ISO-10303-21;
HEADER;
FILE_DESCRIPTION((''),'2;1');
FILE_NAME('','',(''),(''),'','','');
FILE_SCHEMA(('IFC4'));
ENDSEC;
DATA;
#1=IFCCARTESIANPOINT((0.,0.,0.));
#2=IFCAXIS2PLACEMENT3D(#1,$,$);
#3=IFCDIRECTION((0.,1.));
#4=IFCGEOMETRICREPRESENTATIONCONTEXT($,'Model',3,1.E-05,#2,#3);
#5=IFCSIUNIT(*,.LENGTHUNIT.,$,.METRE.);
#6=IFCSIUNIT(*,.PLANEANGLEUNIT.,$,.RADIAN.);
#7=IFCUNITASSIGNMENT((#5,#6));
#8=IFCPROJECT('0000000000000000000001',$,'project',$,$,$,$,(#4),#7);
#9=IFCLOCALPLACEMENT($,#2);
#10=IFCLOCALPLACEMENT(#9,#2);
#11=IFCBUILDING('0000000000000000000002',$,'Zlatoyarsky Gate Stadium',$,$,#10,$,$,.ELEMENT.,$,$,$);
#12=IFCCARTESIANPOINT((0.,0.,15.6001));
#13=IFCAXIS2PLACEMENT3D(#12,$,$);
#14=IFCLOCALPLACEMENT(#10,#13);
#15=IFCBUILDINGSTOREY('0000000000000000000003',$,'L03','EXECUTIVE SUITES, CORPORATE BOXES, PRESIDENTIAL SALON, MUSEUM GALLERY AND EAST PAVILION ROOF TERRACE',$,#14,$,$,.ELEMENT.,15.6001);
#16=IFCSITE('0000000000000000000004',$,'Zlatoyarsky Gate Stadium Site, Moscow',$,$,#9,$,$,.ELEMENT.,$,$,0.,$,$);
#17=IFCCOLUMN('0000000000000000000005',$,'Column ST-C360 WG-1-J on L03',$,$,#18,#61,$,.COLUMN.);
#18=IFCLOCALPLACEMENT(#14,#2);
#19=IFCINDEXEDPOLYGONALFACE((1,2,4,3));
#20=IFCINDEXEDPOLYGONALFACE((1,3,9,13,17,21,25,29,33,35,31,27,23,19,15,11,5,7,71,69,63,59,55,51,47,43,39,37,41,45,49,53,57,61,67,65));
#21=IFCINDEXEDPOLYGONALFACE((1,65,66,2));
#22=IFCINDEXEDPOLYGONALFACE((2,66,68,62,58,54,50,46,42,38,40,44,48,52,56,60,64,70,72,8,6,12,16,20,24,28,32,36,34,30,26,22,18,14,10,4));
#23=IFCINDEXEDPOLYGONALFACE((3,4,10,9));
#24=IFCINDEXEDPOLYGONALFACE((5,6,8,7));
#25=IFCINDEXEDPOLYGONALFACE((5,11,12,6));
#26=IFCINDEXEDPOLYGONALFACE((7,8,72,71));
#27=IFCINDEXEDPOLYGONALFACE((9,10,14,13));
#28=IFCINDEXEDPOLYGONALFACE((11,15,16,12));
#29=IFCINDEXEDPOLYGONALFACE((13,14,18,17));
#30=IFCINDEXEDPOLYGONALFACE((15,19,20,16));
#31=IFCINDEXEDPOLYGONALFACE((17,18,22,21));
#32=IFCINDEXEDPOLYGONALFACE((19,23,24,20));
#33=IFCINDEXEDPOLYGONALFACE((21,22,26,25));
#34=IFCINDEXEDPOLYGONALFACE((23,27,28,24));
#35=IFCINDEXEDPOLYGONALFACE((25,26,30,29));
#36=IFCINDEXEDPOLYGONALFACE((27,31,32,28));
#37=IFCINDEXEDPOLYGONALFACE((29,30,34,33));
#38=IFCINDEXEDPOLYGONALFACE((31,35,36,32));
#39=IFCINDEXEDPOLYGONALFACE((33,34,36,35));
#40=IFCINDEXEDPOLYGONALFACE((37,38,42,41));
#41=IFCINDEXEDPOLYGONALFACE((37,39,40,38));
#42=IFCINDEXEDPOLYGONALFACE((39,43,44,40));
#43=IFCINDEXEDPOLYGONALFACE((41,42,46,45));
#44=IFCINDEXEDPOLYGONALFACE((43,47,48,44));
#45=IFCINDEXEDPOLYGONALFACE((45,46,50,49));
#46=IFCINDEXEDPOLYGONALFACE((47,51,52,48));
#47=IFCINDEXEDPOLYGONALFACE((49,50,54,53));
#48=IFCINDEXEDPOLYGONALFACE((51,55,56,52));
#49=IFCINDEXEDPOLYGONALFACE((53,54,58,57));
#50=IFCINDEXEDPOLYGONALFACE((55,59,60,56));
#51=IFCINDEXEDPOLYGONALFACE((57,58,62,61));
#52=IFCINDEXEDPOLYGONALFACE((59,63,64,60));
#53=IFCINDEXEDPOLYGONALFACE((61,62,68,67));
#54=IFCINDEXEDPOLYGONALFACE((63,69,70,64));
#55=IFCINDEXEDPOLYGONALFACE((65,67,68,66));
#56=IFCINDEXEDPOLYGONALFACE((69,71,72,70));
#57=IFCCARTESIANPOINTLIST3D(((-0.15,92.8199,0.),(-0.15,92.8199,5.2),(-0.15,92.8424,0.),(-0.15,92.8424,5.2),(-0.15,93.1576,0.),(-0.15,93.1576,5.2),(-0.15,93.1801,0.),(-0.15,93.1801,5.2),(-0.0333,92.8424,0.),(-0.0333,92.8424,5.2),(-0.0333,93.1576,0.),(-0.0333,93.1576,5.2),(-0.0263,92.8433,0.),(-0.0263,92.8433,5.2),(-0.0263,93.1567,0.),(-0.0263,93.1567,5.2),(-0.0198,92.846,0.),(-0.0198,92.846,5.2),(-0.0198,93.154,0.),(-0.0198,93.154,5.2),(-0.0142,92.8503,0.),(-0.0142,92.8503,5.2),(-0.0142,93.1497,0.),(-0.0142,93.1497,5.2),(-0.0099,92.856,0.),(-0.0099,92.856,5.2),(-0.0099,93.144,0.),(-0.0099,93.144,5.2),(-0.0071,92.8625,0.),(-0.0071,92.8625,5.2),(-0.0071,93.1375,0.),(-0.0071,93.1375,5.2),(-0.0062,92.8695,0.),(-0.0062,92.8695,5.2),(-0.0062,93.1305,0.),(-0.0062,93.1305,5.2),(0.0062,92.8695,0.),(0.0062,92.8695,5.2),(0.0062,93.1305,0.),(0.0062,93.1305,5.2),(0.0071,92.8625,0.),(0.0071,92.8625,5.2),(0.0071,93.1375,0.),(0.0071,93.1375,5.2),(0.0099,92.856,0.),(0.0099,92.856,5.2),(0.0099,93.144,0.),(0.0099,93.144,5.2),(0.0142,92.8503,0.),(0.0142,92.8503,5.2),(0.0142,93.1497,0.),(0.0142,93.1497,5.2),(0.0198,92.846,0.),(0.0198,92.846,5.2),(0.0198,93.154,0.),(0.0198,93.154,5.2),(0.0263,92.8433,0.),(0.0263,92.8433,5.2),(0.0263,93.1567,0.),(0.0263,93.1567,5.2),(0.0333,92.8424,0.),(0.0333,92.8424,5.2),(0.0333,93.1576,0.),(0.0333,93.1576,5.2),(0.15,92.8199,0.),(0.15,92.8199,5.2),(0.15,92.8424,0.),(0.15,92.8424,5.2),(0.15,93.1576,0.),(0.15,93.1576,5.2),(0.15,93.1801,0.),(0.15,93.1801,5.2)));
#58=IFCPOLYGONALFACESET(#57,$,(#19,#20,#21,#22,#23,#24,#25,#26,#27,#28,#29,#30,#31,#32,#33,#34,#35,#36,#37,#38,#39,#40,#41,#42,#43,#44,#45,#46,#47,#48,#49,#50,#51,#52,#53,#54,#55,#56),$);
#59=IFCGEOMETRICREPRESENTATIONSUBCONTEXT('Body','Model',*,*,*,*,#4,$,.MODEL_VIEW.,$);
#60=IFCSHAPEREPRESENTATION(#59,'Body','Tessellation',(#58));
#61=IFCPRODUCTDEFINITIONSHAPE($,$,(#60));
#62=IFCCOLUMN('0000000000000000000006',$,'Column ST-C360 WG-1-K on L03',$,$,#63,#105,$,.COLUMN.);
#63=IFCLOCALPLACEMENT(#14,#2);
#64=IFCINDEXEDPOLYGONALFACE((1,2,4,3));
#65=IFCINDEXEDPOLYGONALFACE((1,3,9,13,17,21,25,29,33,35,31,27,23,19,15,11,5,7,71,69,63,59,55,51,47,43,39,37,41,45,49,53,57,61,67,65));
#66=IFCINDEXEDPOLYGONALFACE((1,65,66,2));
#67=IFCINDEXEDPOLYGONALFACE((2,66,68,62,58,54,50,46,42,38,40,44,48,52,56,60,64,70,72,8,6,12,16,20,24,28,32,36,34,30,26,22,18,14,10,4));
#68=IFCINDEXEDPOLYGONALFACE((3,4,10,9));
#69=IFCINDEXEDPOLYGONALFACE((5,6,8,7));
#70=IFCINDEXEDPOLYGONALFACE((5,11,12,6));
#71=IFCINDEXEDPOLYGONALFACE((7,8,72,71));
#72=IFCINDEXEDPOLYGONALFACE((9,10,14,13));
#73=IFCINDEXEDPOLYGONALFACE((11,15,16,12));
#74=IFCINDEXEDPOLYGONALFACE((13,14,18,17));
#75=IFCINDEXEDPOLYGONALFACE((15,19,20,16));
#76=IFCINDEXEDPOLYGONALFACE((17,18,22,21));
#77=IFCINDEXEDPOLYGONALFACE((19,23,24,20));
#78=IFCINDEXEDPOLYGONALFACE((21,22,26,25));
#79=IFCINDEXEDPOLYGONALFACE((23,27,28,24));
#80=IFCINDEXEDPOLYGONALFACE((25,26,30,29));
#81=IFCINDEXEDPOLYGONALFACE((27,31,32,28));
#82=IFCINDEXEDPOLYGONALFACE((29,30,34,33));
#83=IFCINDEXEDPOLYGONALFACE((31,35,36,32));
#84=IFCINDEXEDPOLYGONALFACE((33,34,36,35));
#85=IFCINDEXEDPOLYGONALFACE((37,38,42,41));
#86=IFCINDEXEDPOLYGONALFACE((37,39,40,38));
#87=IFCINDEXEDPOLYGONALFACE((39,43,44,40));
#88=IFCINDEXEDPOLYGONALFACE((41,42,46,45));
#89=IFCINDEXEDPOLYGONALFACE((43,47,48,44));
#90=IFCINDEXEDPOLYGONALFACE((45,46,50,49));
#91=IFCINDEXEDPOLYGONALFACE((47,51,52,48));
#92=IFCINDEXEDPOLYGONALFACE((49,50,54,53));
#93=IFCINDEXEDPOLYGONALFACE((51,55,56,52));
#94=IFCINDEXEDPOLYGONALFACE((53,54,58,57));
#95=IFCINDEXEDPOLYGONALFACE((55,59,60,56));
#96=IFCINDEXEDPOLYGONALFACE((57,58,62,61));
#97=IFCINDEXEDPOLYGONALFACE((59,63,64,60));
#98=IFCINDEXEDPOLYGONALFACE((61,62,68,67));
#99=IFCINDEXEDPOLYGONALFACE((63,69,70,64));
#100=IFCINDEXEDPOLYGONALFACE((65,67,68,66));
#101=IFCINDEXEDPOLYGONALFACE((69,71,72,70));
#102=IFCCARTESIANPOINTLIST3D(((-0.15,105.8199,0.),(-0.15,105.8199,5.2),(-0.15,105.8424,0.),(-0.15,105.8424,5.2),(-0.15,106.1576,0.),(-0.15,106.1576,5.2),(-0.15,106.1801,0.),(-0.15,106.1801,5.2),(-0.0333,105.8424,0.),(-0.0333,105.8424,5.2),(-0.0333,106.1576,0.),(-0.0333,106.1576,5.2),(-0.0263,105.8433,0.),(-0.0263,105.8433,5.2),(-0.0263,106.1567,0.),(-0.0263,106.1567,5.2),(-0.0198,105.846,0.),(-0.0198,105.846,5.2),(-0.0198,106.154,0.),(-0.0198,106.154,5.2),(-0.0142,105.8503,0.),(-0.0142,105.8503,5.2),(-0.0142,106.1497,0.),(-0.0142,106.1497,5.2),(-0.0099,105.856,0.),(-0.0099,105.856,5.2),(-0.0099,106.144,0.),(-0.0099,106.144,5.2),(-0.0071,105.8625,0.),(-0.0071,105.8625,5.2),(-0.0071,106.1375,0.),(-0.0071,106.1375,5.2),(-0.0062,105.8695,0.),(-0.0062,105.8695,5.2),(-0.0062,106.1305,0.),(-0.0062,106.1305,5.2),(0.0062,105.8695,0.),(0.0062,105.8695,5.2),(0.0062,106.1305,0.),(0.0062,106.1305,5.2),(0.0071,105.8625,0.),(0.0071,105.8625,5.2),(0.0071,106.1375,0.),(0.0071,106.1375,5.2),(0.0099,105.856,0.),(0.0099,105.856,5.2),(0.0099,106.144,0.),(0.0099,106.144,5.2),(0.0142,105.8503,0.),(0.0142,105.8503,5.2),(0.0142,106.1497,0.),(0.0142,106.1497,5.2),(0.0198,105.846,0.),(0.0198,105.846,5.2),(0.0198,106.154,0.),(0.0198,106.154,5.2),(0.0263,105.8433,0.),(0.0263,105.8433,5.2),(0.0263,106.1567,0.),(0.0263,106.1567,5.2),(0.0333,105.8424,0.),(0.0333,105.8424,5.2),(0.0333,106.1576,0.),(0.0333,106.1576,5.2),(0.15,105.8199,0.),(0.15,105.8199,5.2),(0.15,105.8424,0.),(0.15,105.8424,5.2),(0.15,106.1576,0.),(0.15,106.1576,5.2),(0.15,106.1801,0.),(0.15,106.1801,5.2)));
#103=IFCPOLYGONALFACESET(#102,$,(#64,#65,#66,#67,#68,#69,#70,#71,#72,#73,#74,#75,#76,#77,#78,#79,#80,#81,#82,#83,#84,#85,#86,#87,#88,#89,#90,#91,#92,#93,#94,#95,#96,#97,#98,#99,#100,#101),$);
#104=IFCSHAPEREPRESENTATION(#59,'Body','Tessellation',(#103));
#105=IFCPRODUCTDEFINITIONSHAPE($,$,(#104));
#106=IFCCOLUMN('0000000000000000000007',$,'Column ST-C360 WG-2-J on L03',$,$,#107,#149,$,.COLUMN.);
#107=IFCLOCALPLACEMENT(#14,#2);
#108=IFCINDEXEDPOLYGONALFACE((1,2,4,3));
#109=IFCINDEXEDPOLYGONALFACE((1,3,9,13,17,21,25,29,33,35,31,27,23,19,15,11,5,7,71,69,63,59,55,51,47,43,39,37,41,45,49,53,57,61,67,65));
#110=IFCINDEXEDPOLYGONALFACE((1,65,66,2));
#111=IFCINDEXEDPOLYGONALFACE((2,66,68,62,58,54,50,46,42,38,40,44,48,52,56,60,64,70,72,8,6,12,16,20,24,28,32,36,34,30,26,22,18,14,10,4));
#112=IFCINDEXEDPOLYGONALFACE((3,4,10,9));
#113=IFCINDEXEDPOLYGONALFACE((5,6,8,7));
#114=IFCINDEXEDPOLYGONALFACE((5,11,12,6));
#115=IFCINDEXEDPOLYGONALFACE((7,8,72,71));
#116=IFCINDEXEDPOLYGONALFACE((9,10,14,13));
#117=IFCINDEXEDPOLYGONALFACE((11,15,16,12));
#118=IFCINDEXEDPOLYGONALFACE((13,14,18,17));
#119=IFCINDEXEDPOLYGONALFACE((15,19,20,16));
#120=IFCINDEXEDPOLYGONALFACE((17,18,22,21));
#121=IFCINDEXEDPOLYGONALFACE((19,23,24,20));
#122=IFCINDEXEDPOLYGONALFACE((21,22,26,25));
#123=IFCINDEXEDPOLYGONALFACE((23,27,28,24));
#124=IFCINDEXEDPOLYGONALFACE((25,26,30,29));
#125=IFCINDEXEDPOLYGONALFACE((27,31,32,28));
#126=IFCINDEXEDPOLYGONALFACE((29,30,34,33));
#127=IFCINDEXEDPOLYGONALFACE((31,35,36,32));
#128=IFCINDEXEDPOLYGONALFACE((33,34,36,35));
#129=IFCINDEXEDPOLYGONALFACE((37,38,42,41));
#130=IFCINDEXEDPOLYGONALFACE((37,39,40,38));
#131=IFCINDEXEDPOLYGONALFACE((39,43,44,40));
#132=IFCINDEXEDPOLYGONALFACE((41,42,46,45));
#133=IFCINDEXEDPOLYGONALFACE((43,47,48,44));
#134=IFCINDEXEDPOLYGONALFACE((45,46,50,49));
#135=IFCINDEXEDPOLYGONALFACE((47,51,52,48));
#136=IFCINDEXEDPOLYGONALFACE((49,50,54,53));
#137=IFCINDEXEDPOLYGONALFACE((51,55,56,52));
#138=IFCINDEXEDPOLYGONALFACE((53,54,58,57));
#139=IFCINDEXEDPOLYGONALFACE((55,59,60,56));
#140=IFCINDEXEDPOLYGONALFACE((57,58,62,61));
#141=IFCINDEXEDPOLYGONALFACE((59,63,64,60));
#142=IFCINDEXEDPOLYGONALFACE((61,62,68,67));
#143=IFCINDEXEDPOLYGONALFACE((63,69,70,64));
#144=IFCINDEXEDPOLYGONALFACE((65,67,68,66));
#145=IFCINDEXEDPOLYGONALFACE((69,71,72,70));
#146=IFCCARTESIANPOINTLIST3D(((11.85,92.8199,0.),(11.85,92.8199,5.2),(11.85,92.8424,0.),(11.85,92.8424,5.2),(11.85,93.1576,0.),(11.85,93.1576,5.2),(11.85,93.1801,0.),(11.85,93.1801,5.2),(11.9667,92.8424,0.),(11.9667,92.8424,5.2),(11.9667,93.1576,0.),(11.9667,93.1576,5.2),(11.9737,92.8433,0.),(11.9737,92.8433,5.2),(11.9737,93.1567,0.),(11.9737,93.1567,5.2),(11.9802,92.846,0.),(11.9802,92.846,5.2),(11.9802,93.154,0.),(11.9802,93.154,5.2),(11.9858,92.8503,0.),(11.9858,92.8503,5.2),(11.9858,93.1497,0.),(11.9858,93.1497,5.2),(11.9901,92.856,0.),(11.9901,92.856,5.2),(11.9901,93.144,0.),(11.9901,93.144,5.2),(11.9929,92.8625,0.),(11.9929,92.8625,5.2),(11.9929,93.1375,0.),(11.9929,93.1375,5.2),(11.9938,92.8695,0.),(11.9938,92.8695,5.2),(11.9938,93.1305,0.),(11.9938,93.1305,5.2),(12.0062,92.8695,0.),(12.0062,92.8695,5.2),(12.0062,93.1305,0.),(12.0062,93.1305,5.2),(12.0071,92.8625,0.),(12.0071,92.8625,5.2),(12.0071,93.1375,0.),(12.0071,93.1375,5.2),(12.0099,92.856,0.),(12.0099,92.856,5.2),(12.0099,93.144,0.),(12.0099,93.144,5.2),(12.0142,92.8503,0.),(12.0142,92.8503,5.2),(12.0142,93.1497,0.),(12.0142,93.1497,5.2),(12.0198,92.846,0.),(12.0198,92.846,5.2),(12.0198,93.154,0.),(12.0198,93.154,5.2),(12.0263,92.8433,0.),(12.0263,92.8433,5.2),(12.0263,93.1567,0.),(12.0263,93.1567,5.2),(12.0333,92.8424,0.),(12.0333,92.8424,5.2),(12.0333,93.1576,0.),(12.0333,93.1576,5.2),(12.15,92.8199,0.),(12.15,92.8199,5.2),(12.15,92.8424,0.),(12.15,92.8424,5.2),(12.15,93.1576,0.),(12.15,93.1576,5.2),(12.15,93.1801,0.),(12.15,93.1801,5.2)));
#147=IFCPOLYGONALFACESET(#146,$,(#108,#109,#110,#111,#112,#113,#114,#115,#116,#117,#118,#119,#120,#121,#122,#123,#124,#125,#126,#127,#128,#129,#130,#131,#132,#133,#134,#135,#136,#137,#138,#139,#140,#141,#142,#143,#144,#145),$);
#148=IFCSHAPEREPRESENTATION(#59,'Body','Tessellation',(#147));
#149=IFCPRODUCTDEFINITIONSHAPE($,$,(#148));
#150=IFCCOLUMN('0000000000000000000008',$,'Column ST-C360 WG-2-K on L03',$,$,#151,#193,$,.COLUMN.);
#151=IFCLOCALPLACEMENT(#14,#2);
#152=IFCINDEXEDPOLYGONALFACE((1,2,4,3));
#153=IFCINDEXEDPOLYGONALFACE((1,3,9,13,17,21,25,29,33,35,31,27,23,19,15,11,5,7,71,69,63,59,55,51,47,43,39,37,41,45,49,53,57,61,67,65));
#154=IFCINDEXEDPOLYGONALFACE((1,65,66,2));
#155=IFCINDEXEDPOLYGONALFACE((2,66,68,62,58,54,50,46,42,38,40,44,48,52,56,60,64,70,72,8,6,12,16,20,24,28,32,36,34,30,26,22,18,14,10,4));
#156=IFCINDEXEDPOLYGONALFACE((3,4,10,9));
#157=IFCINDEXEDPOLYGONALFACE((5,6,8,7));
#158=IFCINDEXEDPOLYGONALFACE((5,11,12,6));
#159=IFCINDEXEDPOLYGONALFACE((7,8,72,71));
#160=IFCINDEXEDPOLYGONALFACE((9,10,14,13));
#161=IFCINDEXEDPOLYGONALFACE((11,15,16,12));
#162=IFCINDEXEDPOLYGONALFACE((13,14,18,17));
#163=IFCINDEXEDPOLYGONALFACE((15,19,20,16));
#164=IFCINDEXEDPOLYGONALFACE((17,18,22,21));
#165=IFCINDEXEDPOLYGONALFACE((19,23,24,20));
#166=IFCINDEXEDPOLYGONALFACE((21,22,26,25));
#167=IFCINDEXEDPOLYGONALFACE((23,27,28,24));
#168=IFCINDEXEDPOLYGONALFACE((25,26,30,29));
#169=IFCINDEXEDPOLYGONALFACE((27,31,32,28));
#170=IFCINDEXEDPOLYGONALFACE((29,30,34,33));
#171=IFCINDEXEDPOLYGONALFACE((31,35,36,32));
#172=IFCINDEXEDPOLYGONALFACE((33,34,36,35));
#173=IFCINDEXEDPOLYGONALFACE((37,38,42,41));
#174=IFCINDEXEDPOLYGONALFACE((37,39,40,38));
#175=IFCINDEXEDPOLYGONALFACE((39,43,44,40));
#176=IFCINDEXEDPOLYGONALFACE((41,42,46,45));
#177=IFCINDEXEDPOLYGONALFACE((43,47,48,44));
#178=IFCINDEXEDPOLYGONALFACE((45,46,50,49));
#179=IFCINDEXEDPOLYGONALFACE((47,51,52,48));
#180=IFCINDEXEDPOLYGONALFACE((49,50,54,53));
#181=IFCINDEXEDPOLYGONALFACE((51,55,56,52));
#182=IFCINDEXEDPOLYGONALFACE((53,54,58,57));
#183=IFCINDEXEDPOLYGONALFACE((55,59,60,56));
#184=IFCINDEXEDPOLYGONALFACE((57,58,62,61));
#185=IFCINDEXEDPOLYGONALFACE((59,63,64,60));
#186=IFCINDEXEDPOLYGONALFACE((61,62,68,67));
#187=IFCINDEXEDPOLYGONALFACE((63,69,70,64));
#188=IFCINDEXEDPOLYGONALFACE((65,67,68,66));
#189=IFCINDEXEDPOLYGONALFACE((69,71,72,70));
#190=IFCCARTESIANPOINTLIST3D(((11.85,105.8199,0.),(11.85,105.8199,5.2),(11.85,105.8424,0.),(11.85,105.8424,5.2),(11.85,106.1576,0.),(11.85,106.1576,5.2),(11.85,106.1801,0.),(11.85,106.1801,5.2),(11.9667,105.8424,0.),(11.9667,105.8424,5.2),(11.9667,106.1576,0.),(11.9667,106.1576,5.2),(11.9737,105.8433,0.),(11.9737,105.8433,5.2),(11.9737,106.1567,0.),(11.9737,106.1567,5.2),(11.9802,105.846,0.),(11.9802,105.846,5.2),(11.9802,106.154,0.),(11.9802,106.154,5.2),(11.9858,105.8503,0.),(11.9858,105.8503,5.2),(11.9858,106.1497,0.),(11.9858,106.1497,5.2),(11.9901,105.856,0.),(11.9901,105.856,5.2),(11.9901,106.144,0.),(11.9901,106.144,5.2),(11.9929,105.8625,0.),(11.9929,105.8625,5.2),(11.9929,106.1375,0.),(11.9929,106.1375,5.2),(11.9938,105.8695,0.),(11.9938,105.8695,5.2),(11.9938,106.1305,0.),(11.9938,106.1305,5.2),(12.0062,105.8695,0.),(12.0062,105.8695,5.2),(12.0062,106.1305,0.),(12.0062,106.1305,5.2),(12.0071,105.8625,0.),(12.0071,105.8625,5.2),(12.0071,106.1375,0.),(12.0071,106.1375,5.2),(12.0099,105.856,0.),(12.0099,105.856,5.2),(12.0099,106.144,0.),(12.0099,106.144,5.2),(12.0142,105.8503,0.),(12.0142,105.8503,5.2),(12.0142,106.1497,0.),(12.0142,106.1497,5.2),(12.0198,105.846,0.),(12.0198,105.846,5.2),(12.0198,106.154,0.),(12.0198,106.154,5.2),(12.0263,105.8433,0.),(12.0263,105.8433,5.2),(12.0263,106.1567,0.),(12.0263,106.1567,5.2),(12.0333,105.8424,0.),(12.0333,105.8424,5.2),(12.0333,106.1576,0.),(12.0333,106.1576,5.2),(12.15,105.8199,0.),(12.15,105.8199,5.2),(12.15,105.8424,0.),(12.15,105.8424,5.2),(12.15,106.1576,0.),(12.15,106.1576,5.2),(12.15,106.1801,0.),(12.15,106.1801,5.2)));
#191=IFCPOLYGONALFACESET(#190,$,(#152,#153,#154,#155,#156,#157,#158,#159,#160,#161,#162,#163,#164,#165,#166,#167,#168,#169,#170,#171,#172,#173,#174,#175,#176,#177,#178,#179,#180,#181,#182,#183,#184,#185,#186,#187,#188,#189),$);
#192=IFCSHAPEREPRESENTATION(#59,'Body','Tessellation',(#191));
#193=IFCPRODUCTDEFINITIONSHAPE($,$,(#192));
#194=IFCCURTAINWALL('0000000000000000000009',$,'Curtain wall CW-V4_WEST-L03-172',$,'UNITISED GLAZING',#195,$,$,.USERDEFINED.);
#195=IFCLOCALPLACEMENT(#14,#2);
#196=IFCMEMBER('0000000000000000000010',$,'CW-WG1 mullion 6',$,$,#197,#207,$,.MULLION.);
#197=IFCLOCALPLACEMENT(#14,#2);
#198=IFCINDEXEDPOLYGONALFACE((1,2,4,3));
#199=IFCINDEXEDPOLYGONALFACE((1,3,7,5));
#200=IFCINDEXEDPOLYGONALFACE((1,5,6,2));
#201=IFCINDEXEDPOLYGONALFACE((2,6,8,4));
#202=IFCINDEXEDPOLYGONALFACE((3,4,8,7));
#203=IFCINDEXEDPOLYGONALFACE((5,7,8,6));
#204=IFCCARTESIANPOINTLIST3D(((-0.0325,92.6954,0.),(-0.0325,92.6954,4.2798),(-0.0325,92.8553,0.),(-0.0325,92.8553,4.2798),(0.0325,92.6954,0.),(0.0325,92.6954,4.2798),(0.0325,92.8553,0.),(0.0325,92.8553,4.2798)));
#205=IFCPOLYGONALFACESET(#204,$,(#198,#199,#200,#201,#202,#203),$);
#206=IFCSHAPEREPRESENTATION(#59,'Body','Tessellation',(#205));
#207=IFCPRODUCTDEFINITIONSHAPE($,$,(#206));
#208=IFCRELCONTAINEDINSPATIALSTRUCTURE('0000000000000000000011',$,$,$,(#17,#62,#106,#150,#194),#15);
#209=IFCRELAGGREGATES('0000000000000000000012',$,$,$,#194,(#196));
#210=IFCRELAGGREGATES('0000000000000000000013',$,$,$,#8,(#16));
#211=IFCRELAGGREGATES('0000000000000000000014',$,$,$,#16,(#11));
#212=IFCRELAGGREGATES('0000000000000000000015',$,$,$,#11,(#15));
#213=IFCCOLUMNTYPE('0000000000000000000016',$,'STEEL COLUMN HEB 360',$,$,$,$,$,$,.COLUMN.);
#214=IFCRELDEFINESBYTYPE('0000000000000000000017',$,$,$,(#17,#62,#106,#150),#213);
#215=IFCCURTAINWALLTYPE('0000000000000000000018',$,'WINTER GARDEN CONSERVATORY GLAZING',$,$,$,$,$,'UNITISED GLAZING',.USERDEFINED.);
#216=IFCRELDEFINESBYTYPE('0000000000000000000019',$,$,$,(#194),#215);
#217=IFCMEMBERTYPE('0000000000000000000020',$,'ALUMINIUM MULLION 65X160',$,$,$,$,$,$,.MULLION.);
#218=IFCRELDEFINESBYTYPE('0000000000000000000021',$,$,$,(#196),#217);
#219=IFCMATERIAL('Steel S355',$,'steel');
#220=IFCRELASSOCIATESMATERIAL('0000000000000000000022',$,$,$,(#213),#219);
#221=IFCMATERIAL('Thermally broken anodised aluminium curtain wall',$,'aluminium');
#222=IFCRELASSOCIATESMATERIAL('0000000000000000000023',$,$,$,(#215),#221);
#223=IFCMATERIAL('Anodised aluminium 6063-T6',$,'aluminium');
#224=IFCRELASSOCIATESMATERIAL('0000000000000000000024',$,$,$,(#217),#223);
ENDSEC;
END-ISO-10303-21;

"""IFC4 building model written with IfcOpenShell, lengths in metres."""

from ifc_helpers import new_model, si_unit, direction, frame, origin, origin_2d, place, context, subcontext, project, spatial, rectangle, i_section, extrude, material, material_profile, profile_set, type_object, element, aggregate, save


model = new_model("IFC4")

# Units and contexts
model_context = context("Model", 3, precision=1e-05, world=origin(), true_north=direction((0.0, 1.0)))
body_context = subcontext(model_context, "Body", "Model", "MODEL_VIEW")
ifc_project = project(units=[si_unit("LENGTHUNIT", "METRE"), si_unit("PLANEANGLEUNIT", "RADIAN")], contexts=[model_context])

# Site, building, storey
site_placement = place(None, origin())
site = spatial("IfcSite", under=ifc_project, at=site_placement, Name="Zlatoyarsky Gate Stadium Site, Moscow", CompositionType="ELEMENT", RefElevation=0.0)
building_placement = place(site_placement, origin())
building = spatial("IfcBuilding", under=site, at=building_placement, Name="Zlatoyarsky Gate Stadium", CompositionType="ELEMENT")
storey_placement = place(building_placement, frame((0.0, 0.0, 15.6001)))
storey = spatial("IfcBuildingStorey", under=building, at=storey_placement, Name="L03", Description="EXECUTIVE SUITES, CORPORATE BOXES, PRESIDENTIAL SALON, MUSEUM GALLERY AND EAST PAVILION ROOF TERRACE", CompositionType="ELEMENT", Elevation=15.6001)

# Columns
ifc_material_1 = material(Name="Steel S355", Category="steel")
ifc_material_profile_1 = material_profile(ifc_material_1, i_section(OverallWidth=0.3, OverallDepth=0.3601, WebThickness=0.0125, FlangeThickness=0.0225, FilletRadius=0.0271, at=origin_2d()), Name="HEB 360")
ifc_profile_set_1 = profile_set([ifc_material_profile_1], Name="Steel S355")
column_type = type_object("IfcColumnType", Name="STEEL COLUMN HEB 360", PredefinedType="COLUMN", material=ifc_profile_set_1)
for number, where, z_axis, x_axis, name in (
    (1, (0.0, 93.0, 0.0), (0.0, 0.0, 1.0), (1.0, 0.0, 0.0), "Column ST-C360 WG-1-J on L03"),
    (2, (0.0, 106.0, 0.0), (0.0, 0.0, 1.0), (1.0, 0.0, 0.0), "Column ST-C360 WG-1-K on L03"),
    (3, (12.0, 93.0, 0.0), (0.0, 0.0, 1.0), (1.0, 0.0, 0.0), "Column ST-C360 WG-2-J on L03"),
    (4, (12.0, 106.0, 0.0), (0.0, 0.0, 1.0), (1.0, 0.0, 0.0), "Column ST-C360 WG-2-K on L03"),
):
    element("IfcColumn", number, at=place(storey_placement, frame(where, z_axis=z_axis, x_axis=x_axis)), inside=storey, type_object=column_type, Name=name, PredefinedType="COLUMN", context=body_context, shape_type="SweptSolid", body=[
        extrude(i_section(OverallWidth=0.3, OverallDepth=0.3601, WebThickness=0.0125, FlangeThickness=0.0225, FilletRadius=0.0271, at=origin_2d()), origin(), (0.0, 0.0, 1.0), 5.2),
    ])

# Curtain wall, member
ifc_material_2 = material(Name="Thermally broken anodised aluminium curtain wall", Category="aluminium")
curtain_wall_type = type_object("IfcCurtainWallType", Name="WINTER GARDEN CONSERVATORY GLAZING", ElementType="UNITISED GLAZING", PredefinedType="USERDEFINED", material=ifc_material_2)
curtain_wall_1_placement = place(storey_placement, origin())
curtain_wall_1 = element("IfcCurtainWall", 5, at=curtain_wall_1_placement, inside=storey, type_object=curtain_wall_type, Name="Curtain wall CW-V4_WEST-L03-172", ObjectType="UNITISED GLAZING", PredefinedType="USERDEFINED")
ifc_material_3 = material(Name="Anodised aluminium 6063-T6", Category="aluminium")
ifc_material_profile_2 = material_profile(ifc_material_3, rectangle(XDim=0.0649, YDim=0.1599, at=origin_2d()), Name="ALU 65X160")
ifc_profile_set_2 = profile_set([ifc_material_profile_2], Name="Anodised aluminium 6063-T6")
member_type_1 = type_object("IfcMemberType", Name="ALUMINIUM MULLION 65X160", PredefinedType="MULLION", material=ifc_profile_set_2)
member_1_placement = place(storey_placement, frame((0.0, 92.7754, 0.0), z_axis=(0.0, 0.0, 1.0), x_axis=(-1.0, 0.0, 0.0)))
member_1 = element("IfcMember", 6, at=member_1_placement, type_object=member_type_1, Name="CW-WG1 mullion 6", PredefinedType="MULLION", context=body_context, shape_type="SweptSolid", body=[
    extrude(rectangle(XDim=0.0649, YDim=0.1599, at=origin_2d()), origin(), (0.0, 0.0, 1.0), 4.2798),
])

aggregate(curtain_wall_1, [member_1])

save(model, "model.ifc")
